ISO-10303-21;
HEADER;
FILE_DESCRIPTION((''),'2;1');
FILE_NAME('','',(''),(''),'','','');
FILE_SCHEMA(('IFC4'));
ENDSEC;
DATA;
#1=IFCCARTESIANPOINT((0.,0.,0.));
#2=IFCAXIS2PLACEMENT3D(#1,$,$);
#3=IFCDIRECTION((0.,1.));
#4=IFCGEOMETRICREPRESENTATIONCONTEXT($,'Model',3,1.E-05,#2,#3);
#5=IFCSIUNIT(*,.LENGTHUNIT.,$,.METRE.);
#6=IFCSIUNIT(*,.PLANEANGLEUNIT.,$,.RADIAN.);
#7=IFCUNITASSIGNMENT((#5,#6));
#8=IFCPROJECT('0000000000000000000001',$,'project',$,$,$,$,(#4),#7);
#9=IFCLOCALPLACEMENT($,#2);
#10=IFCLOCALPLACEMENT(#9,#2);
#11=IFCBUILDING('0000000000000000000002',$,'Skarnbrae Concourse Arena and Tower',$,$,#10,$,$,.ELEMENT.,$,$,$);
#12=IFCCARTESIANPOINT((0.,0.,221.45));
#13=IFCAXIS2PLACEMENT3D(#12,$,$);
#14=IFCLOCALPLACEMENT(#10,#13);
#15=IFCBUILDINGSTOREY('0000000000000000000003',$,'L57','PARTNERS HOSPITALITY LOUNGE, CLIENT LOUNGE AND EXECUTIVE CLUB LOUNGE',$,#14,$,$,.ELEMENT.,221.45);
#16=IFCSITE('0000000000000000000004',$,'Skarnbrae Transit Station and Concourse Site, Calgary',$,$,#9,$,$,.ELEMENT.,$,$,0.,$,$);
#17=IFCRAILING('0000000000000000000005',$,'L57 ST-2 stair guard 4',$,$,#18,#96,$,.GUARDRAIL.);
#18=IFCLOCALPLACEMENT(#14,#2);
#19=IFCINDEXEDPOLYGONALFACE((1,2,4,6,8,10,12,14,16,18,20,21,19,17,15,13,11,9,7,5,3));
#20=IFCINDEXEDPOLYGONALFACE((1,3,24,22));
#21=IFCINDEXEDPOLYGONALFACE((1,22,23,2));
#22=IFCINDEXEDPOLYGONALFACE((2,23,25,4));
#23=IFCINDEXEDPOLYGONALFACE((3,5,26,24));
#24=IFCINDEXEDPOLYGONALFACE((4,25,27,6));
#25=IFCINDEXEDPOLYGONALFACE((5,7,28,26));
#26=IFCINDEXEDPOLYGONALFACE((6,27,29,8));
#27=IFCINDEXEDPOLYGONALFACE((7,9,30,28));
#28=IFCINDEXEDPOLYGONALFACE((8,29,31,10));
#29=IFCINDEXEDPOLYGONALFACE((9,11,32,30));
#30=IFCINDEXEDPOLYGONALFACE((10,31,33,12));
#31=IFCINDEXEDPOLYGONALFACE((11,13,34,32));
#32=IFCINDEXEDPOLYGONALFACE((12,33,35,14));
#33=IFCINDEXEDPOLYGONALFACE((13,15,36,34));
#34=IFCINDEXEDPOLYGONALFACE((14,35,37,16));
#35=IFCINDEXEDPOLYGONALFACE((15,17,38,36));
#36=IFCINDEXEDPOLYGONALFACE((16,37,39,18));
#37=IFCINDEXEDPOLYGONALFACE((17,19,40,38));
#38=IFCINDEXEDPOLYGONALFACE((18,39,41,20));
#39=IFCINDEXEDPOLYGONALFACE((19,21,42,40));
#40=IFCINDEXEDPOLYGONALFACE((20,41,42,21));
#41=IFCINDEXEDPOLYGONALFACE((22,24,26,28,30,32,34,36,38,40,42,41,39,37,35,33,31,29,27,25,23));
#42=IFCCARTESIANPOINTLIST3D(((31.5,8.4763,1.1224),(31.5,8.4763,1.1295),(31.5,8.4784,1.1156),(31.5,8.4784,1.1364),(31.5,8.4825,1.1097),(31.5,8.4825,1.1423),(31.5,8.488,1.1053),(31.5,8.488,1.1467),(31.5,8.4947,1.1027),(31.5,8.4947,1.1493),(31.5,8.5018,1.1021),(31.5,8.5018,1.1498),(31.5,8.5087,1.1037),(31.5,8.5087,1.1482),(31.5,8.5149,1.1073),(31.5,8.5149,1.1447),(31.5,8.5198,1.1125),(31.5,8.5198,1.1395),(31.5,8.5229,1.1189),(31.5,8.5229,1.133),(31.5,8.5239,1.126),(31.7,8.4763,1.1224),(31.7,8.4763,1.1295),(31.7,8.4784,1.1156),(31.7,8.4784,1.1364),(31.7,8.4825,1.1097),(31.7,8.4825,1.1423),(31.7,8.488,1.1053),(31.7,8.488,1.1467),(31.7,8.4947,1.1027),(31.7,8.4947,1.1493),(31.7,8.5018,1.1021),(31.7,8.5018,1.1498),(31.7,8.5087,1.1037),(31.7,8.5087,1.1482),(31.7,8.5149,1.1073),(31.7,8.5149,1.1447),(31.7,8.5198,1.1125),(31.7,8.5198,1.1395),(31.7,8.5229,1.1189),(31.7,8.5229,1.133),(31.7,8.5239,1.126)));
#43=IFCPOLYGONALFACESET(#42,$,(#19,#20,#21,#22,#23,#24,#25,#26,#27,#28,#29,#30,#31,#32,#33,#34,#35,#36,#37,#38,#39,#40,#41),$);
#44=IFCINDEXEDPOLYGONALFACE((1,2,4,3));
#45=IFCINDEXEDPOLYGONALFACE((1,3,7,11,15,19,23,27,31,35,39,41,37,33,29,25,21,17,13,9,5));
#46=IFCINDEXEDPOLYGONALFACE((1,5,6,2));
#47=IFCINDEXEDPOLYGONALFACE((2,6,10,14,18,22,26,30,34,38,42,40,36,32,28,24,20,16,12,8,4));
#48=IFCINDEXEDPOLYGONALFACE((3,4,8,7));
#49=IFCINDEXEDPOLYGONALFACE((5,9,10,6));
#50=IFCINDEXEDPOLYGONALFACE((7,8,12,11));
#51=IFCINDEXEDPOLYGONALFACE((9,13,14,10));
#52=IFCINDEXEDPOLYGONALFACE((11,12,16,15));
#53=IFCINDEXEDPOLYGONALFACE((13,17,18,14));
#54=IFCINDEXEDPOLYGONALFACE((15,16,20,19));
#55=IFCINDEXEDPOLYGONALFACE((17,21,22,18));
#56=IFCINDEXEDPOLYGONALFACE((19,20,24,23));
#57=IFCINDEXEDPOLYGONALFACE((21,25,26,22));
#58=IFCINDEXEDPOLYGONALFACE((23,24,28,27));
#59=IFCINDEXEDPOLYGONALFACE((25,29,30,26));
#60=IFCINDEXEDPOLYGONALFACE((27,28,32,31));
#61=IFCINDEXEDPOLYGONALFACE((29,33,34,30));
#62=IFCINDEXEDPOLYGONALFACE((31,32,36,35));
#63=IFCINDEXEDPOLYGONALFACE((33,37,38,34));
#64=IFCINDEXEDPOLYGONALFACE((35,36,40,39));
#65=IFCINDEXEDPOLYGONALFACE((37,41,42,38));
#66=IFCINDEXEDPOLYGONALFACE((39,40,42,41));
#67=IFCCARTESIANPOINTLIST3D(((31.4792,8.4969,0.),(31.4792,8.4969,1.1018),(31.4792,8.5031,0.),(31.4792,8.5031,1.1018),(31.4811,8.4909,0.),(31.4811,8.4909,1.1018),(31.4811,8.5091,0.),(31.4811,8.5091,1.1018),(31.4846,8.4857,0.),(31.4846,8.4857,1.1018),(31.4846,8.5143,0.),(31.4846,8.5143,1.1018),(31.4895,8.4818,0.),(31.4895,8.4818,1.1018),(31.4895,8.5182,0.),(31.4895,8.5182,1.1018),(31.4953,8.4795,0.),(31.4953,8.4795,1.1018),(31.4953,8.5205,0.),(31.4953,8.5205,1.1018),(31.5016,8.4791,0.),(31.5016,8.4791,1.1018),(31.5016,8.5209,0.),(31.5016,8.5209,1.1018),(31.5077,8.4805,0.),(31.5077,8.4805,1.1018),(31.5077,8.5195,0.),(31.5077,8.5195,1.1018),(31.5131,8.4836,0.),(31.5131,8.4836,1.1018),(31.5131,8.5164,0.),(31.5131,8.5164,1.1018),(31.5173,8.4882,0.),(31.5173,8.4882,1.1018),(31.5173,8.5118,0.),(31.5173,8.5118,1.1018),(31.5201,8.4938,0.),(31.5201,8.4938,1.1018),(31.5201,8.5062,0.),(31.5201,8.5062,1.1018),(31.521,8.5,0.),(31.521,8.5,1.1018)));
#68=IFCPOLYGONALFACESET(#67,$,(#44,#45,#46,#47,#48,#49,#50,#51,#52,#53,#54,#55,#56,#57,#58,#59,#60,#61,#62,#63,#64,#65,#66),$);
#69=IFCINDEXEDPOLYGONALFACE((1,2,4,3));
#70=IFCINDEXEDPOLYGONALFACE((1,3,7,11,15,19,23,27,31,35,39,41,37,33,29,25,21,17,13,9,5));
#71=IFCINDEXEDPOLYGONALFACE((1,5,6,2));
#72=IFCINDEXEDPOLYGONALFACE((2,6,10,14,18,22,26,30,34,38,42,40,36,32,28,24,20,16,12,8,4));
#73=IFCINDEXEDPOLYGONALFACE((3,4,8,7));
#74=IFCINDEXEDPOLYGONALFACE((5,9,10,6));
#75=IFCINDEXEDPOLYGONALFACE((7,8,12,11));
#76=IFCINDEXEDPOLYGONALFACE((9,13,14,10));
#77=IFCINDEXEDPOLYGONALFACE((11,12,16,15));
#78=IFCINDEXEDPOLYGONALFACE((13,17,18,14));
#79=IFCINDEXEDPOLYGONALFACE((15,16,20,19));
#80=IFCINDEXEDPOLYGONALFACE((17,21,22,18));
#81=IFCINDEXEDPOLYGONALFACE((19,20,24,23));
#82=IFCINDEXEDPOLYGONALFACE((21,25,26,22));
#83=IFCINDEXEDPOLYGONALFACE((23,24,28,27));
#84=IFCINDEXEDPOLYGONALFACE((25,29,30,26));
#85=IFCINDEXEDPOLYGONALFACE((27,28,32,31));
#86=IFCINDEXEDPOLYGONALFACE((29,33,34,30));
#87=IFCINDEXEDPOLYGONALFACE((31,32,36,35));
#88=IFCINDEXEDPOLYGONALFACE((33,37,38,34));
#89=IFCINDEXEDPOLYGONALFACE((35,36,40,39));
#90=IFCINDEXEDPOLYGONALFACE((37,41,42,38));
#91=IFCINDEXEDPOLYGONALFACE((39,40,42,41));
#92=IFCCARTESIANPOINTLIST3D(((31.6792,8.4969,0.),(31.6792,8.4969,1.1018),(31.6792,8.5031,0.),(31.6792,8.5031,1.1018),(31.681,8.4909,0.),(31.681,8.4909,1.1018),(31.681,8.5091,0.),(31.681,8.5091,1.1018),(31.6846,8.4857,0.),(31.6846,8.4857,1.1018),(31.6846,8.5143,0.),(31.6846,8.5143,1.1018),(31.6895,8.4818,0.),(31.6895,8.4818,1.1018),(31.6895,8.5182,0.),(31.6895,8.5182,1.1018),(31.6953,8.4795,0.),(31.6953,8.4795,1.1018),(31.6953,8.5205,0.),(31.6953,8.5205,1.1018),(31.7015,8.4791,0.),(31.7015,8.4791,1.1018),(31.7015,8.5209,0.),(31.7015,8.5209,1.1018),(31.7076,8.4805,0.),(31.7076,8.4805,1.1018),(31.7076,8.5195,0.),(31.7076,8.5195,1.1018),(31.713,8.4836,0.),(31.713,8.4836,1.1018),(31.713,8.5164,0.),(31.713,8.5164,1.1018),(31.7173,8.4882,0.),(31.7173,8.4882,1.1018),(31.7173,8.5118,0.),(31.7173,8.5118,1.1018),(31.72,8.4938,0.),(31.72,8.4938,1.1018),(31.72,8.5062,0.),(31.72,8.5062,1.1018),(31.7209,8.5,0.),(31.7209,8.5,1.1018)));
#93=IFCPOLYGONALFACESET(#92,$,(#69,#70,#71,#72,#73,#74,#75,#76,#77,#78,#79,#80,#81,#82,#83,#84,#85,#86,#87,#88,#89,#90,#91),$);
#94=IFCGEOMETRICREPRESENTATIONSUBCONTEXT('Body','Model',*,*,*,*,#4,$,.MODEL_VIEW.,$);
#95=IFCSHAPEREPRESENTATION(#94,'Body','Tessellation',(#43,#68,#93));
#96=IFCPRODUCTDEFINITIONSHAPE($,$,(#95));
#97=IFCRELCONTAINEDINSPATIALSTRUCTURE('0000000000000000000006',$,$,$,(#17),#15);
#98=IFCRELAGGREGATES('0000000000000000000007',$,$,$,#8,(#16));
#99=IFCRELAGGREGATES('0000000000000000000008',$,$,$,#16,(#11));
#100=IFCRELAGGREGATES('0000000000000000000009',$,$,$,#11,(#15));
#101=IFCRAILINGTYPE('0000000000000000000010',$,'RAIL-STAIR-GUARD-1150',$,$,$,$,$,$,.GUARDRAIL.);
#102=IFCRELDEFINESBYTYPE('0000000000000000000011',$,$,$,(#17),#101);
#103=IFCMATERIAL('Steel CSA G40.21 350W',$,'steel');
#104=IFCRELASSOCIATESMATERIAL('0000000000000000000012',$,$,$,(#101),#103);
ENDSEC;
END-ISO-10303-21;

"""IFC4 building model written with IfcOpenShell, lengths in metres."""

from ifc_helpers import new_model, si_unit, direction, frame, origin, origin_2d, place, context, subcontext, project, spatial, circle, extrude, material, type_object, element, save


model = new_model("IFC4")

# Units and contexts
model_context = context("Model", 3, precision=1e-05, world=origin(), true_north=direction((0.0, 1.0)))
body_context = subcontext(model_context, "Body", "Model", "MODEL_VIEW")
ifc_project = project(units=[si_unit("LENGTHUNIT", "METRE"), si_unit("PLANEANGLEUNIT", "RADIAN")], contexts=[model_context])

# Site, building, storey
site_placement = place(None, origin())
site = spatial("IfcSite", under=ifc_project, at=site_placement, Name="Skarnbrae Transit Station and Concourse Site, Calgary", CompositionType="ELEMENT", RefElevation=0.0)
building_placement = place(site_placement, origin())
building = spatial("IfcBuilding", under=site, at=building_placement, Name="Skarnbrae Concourse Arena and Tower", CompositionType="ELEMENT")
storey_placement = place(building_placement, frame((0.0, 0.0, 221.45)))
storey = spatial("IfcBuildingStorey", under=building, at=storey_placement, Name="L57", Description="PARTNERS HOSPITALITY LOUNGE, CLIENT LOUNGE AND EXECUTIVE CLUB LOUNGE", CompositionType="ELEMENT", Elevation=221.45)

# Shared definitions
ifc_material_1 = material(Name="Steel CSA G40.21 350W", Category="steel")

# Railing
railing_type = type_object("IfcRailingType", Name="RAIL-STAIR-GUARD-1150", PredefinedType="GUARDRAIL", material=ifc_material_1)
railing_1_placement = place(storey_placement, frame((31.5, 8.5, 0.0)))
element("IfcRailing", 1, at=railing_1_placement, inside=storey, type_object=railing_type, Name="L57 ST-2 stair guard 4", PredefinedType="GUARDRAIL", context=body_context, shape_type="SweptSolid", body=[
    extrude(circle(Radius=0.0239, at=origin_2d()), frame((0.0, 0.0, 1.126), z_axis=(1.0, 0.0, 0.0), x_axis=(0.0, 1.0, 0.0)), (0.0, 0.0, 1.0), 0.2),
    extrude(circle(Radius=0.021, at=origin_2d()), origin(), (0.0, 0.0, 1.0), 1.1018),
    extrude(circle(Radius=0.021, at=origin_2d()), frame((0.2, 0.0, 0.0)), (0.0, 0.0, 1.0), 1.1018),
])

save(model, "model.ifc")
